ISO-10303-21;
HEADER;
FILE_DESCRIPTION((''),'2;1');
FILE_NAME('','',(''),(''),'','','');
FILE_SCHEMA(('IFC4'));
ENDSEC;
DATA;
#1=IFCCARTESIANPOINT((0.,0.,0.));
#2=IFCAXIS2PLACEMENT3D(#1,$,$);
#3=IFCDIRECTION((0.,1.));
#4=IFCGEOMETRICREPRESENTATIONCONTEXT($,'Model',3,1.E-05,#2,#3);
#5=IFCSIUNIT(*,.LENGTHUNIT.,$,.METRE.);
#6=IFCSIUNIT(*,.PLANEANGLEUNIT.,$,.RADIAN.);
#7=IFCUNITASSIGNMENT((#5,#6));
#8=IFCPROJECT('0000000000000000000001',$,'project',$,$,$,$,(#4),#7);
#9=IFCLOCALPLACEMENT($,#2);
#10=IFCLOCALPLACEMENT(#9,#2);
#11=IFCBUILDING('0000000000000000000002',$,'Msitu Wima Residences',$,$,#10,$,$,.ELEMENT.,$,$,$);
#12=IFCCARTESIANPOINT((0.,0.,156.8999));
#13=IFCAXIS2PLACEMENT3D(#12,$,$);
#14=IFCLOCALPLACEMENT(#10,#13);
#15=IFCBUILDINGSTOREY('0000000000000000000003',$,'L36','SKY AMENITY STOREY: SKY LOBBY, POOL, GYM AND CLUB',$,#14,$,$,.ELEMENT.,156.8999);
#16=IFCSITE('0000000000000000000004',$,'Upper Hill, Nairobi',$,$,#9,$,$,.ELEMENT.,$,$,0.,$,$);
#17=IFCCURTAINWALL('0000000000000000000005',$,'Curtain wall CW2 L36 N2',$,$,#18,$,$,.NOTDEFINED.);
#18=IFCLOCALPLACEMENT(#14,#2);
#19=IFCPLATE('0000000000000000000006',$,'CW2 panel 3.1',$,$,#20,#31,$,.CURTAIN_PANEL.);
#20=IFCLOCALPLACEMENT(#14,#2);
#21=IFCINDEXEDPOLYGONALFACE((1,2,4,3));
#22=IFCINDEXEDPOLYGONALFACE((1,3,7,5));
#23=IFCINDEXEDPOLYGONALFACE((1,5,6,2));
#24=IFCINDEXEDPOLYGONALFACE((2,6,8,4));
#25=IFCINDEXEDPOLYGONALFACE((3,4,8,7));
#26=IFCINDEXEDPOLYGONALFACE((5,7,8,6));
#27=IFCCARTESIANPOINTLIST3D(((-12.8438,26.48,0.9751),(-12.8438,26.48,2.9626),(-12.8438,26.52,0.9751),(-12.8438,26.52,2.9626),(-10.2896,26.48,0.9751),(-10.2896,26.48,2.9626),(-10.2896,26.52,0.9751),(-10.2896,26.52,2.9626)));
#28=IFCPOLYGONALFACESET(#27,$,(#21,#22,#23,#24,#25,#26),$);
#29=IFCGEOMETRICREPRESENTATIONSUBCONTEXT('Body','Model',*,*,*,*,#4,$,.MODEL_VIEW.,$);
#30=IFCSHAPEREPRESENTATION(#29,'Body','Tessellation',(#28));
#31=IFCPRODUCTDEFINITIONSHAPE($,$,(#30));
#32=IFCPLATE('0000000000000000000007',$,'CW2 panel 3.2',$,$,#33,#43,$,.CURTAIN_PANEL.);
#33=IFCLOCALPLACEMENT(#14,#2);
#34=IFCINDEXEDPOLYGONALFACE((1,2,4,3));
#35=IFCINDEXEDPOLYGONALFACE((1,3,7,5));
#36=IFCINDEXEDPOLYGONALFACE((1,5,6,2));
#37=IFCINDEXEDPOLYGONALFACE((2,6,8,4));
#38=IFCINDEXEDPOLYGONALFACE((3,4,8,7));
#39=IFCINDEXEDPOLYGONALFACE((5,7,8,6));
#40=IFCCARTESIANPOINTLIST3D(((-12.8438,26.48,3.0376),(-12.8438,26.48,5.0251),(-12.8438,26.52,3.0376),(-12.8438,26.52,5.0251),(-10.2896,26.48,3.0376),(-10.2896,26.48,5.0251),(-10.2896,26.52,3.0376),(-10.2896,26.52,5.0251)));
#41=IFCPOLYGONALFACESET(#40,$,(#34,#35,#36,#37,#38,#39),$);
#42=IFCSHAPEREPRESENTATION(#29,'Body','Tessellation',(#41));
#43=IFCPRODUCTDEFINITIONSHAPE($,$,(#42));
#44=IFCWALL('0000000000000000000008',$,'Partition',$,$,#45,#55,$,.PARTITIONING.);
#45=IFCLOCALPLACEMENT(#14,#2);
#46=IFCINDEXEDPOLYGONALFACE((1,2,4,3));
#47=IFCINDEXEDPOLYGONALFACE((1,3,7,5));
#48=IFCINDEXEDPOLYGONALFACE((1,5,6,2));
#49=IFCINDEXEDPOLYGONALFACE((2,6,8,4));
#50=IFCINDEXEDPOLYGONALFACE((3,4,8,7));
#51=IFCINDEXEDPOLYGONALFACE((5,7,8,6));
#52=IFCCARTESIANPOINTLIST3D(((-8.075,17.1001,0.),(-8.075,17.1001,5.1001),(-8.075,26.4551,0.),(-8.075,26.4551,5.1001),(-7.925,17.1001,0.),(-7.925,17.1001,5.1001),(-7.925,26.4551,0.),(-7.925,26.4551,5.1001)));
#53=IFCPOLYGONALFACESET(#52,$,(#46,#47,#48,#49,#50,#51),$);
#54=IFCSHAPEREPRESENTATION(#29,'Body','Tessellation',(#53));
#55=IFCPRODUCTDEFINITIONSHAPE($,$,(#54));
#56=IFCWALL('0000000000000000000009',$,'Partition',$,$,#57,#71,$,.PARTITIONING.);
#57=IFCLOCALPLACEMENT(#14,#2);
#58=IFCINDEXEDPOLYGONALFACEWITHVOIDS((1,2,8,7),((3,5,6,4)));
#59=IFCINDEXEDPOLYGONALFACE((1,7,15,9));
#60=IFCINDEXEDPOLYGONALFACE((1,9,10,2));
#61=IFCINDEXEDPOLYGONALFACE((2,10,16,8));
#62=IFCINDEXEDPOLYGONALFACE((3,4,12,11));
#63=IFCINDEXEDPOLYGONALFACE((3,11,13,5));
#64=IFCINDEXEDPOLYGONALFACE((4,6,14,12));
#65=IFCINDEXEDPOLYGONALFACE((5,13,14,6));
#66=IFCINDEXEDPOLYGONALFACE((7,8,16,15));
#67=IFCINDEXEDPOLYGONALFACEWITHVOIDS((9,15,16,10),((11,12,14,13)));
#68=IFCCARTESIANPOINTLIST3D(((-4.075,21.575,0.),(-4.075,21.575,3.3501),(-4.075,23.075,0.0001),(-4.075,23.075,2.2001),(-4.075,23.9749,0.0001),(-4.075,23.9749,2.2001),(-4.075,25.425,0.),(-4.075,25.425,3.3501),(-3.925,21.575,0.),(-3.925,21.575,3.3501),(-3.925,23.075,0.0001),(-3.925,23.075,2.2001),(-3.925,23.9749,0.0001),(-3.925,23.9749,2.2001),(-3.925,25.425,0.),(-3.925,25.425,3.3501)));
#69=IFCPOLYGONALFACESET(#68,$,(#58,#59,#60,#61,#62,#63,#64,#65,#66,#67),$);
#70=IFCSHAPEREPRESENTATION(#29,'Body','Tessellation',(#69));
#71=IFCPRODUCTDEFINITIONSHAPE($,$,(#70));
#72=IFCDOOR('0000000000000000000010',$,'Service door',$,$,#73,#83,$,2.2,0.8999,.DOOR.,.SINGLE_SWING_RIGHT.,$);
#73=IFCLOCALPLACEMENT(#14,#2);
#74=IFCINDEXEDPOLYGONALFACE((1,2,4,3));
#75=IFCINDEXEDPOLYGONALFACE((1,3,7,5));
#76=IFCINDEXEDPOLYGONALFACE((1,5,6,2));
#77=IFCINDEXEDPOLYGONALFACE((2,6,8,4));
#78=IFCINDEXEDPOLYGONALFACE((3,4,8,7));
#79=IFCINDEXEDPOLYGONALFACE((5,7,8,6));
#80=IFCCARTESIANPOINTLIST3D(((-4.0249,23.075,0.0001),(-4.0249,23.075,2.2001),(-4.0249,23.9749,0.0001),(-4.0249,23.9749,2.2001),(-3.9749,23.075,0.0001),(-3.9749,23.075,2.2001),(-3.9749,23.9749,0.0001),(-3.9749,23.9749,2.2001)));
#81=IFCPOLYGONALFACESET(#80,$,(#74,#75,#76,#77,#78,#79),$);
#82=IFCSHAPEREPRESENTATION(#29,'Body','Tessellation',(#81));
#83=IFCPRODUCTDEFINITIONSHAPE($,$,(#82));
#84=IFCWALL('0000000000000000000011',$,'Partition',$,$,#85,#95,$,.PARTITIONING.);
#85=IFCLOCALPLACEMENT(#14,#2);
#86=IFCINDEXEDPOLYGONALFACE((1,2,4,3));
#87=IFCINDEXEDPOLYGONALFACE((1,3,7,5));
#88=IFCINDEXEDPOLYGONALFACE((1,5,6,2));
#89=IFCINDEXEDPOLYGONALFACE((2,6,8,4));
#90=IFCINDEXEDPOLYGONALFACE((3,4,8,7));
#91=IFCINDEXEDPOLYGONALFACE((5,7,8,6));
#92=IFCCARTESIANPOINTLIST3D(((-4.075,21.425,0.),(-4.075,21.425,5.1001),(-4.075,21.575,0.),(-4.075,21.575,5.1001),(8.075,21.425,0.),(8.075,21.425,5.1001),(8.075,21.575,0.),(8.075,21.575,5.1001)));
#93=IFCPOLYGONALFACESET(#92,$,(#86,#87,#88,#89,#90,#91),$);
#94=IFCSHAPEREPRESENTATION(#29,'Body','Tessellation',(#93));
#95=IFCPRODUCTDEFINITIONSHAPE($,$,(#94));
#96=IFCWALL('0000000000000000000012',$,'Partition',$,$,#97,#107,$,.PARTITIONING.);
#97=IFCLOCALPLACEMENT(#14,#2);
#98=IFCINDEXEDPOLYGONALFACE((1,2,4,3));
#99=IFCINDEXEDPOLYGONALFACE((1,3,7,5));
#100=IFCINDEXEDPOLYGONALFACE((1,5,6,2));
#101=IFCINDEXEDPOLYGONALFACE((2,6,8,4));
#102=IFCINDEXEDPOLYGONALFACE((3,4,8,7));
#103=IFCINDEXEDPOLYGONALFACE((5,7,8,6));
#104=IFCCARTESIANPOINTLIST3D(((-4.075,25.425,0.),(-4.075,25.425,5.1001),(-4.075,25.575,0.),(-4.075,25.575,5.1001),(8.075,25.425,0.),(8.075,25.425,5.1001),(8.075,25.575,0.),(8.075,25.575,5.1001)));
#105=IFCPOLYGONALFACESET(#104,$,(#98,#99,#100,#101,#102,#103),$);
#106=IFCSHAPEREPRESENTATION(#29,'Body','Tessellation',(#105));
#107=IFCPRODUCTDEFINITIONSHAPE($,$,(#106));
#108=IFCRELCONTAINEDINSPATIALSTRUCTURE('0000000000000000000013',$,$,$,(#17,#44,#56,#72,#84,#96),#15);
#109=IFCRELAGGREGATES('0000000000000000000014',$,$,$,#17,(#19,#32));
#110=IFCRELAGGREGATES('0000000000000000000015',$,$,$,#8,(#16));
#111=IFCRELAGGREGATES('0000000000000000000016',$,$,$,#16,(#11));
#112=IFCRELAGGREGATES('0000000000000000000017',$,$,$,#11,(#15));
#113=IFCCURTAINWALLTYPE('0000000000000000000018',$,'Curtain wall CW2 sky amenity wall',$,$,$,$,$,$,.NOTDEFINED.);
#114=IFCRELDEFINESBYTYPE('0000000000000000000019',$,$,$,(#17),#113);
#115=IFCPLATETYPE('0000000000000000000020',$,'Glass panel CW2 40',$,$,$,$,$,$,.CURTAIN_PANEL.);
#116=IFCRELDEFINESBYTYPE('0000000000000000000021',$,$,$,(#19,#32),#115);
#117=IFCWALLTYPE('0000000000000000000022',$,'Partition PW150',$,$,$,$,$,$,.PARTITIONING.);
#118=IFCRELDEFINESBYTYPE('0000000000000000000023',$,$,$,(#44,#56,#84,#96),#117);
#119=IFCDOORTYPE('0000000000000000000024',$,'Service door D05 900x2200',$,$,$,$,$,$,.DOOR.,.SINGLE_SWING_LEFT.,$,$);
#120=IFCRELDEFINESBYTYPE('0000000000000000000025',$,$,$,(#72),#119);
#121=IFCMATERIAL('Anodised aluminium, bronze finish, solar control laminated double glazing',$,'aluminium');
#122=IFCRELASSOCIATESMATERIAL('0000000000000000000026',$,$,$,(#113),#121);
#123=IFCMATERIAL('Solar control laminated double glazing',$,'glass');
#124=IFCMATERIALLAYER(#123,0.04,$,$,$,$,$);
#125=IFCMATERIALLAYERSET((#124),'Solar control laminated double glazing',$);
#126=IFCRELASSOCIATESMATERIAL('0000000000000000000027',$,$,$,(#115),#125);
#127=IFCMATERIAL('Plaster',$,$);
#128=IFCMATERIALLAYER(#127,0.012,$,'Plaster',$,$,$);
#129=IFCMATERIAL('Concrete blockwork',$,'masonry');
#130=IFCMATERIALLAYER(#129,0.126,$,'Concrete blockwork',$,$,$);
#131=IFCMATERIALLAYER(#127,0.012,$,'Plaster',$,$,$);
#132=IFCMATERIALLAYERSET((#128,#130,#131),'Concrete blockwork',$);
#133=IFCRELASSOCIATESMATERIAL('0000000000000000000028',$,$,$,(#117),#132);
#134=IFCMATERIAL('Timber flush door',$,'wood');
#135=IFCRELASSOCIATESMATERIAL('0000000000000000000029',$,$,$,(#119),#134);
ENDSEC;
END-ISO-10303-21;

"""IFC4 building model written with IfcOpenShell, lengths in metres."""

from ifc_helpers import new_model, si_unit, direction, frame, frame_2d, origin, origin_2d, place, context, subcontext, project, spatial, rectangle, extrude, material, layer, layer_set, type_object, element, fill, aggregate, save


model = new_model("IFC4")

# Units and contexts
model_context = context("Model", 3, precision=1e-05, world=origin(), true_north=direction((0.0, 1.0)))
body_context = subcontext(model_context, "Body", "Model", "MODEL_VIEW")
ifc_project = project(units=[si_unit("LENGTHUNIT", "METRE"), si_unit("PLANEANGLEUNIT", "RADIAN")], contexts=[model_context])

# Site, building, storey
site_placement = place(None, origin())
site = spatial("IfcSite", under=ifc_project, at=site_placement, Name="Upper Hill, Nairobi", CompositionType="ELEMENT", RefElevation=0.0)
building_placement = place(site_placement, origin())
building = spatial("IfcBuilding", under=site, at=building_placement, Name="Msitu Wima Residences", CompositionType="ELEMENT")
storey_placement = place(building_placement, frame((0.0, 0.0, 156.8999)))
storey = spatial("IfcBuildingStorey", under=building, at=storey_placement, Name="L36", Description="SKY AMENITY STOREY: SKY LOBBY, POOL, GYM AND CLUB", CompositionType="ELEMENT", Elevation=156.8999)

# Curtain wall
ifc_material_1 = material(Name="Anodised aluminium, bronze finish, solar control laminated double glazing", Category="aluminium")
curtain_wall_type = type_object("IfcCurtainWallType", Name="Curtain wall CW2 sky amenity wall", PredefinedType="NOTDEFINED", material=ifc_material_1)
curtain_wall_1_placement = place(storey_placement, origin())
curtain_wall_1 = element("IfcCurtainWall", 1, at=curtain_wall_1_placement, inside=storey, type_object=curtain_wall_type, Name="Curtain wall CW2 L36 N2", PredefinedType="NOTDEFINED")

# Plates
ifc_material_2 = material(Name="Solar control laminated double glazing", Category="glass")
ifc_layer_1 = layer(ifc_material_2, 0.04)
ifc_layer_set_1 = layer_set([ifc_layer_1], Name="Solar control laminated double glazing")
plate_type = type_object("IfcPlateType", Name="Glass panel CW2 40", PredefinedType="CURTAIN_PANEL", material=ifc_layer_set_1)
plate_1_placement = place(storey_placement, frame((-11.5667, 26.5, 0.9751), z_axis=(0.0, 0.0, 1.0), x_axis=(-1.0, 0.0, 0.0)))
plate_1 = element("IfcPlate", 2, at=plate_1_placement, type_object=plate_type, Name="CW2 panel 3.1", PredefinedType="CURTAIN_PANEL", context=body_context, shape_type="SweptSolid", body=[
    extrude(rectangle(XDim=2.5542, YDim=0.04, at=origin_2d()), origin(), (0.0, 0.0, 1.0), 1.9875),
])
plate_2_placement = place(storey_placement, frame((-11.5667, 26.5, 3.0376), z_axis=(0.0, 0.0, 1.0), x_axis=(-1.0, 0.0, 0.0)))
plate_2 = element("IfcPlate", 3, at=plate_2_placement, type_object=plate_type, Name="CW2 panel 3.2", PredefinedType="CURTAIN_PANEL", context=body_context, shape_type="SweptSolid", body=[
    extrude(rectangle(XDim=2.5542, YDim=0.04, at=origin_2d()), origin(), (0.0, 0.0, 1.0), 1.9875),
])
aggregate(curtain_wall_1, [plate_1, plate_2])

# Wall
ifc_material_3 = material(Name="Plaster")
ifc_layer_2 = layer(ifc_material_3, 0.012, Name="Plaster")
ifc_material_4 = material(Name="Concrete blockwork", Category="masonry")
ifc_layer_3 = layer(ifc_material_4, 0.126, Name="Concrete blockwork")
ifc_layer_4 = layer(ifc_material_3, 0.012, Name="Plaster")
ifc_layer_set_2 = layer_set([ifc_layer_2, ifc_layer_3, ifc_layer_4], Name="Concrete blockwork")
wall_type = type_object("IfcWallType", Name="Partition PW150", PredefinedType="PARTITIONING", material=ifc_layer_set_2)
wall_1_placement = place(storey_placement, frame((-8.0, 17.1001, 0.0), z_axis=(0.0, 0.0, 1.0), x_axis=(0.0, 1.0, 0.0)))
element("IfcWall", 4, at=wall_1_placement, inside=storey, type_object=wall_type, Name="Partition", PredefinedType="PARTITIONING", context=body_context, shape_type="SweptSolid", body=[
    extrude(rectangle(XDim=9.355, YDim=0.1499, at=frame_2d((4.6775, 0.0))), origin(), (0.0, 0.0, 1.0), 5.1001),
])

# Wall, opening, door
wall_2_placement = place(storey_placement, frame((-4.0, 21.575, 0.0), z_axis=(0.0, 0.0, 1.0), x_axis=(0.0, 1.0, 0.0)))
wall_2 = element("IfcWall", 5, at=wall_2_placement, inside=storey, type_object=wall_type, Name="Partition", PredefinedType="PARTITIONING", context=body_context, shape_type="SweptSolid", body=[
    extrude(rectangle(XDim=3.8501, YDim=0.1499, at=frame_2d((1.925, 0.0))), origin(), (0.0, 0.0, 1.0), 3.3501),
])
opening_placement = place(wall_2_placement, frame((1.5, 0.0, 0.0)))
opening = element("IfcOpeningElement", 6, at=opening_placement, cuts=wall_2, PredefinedType="OPENING", context=body_context, shape_type="SweptSolid", body=[
    extrude(rectangle(XDim=0.8999, YDim=2.2, at=frame_2d((0.45, 1.1001))), frame((0.0, 0.085, 0.0), z_axis=(0.0, -1.0, 0.0), x_axis=(1.0, 0.0, 0.0)), (0.0, 0.0, 1.0), 0.1699),
])
ifc_material_5 = material(Name="Timber flush door", Category="wood")
door_type = type_object("IfcDoorType", Name="Service door D05 900x2200", OperationType="SINGLE_SWING_LEFT", PredefinedType="DOOR", material=ifc_material_5)
door_placement = place(opening_placement, origin())
door = element("IfcDoor", 7, at=door_placement, inside=storey, type_object=door_type, Name="Service door", OperationType="SINGLE_SWING_RIGHT", OverallHeight=2.2, OverallWidth=0.8999, PredefinedType="DOOR", context=body_context, shape_type="SweptSolid", body=[
    extrude(rectangle(XDim=0.8999, YDim=2.2, at=frame_2d((0.45, 1.1001))), frame((0.0, 0.0249, 0.0), z_axis=(0.0, -1.0, 0.0), x_axis=(1.0, 0.0, 0.0)), (0.0, 0.0, 1.0), 0.05),
])
fill(opening, door)

# Walls
for number, where, z_axis, x_axis, name in (
    (8, (-4.075, 21.5, 0.0), (0.0, 0.0, 1.0), (1.0, 0.0, 0.0), "Partition"),
    (9, (-4.075, 25.5, 0.0), (0.0, 0.0, 1.0), (1.0, 0.0, 0.0), "Partition"),
):
    element("IfcWall", number, at=place(storey_placement, frame(where, z_axis=z_axis, x_axis=x_axis)), inside=storey, type_object=wall_type, Name=name, PredefinedType="PARTITIONING", context=body_context, shape_type="SweptSolid", body=[
        extrude(rectangle(XDim=12.1499, YDim=0.1499, at=frame_2d((6.075, 0.0))), origin(), (0.0, 0.0, 1.0), 5.1001),
    ])

save(model, "model.ifc")
